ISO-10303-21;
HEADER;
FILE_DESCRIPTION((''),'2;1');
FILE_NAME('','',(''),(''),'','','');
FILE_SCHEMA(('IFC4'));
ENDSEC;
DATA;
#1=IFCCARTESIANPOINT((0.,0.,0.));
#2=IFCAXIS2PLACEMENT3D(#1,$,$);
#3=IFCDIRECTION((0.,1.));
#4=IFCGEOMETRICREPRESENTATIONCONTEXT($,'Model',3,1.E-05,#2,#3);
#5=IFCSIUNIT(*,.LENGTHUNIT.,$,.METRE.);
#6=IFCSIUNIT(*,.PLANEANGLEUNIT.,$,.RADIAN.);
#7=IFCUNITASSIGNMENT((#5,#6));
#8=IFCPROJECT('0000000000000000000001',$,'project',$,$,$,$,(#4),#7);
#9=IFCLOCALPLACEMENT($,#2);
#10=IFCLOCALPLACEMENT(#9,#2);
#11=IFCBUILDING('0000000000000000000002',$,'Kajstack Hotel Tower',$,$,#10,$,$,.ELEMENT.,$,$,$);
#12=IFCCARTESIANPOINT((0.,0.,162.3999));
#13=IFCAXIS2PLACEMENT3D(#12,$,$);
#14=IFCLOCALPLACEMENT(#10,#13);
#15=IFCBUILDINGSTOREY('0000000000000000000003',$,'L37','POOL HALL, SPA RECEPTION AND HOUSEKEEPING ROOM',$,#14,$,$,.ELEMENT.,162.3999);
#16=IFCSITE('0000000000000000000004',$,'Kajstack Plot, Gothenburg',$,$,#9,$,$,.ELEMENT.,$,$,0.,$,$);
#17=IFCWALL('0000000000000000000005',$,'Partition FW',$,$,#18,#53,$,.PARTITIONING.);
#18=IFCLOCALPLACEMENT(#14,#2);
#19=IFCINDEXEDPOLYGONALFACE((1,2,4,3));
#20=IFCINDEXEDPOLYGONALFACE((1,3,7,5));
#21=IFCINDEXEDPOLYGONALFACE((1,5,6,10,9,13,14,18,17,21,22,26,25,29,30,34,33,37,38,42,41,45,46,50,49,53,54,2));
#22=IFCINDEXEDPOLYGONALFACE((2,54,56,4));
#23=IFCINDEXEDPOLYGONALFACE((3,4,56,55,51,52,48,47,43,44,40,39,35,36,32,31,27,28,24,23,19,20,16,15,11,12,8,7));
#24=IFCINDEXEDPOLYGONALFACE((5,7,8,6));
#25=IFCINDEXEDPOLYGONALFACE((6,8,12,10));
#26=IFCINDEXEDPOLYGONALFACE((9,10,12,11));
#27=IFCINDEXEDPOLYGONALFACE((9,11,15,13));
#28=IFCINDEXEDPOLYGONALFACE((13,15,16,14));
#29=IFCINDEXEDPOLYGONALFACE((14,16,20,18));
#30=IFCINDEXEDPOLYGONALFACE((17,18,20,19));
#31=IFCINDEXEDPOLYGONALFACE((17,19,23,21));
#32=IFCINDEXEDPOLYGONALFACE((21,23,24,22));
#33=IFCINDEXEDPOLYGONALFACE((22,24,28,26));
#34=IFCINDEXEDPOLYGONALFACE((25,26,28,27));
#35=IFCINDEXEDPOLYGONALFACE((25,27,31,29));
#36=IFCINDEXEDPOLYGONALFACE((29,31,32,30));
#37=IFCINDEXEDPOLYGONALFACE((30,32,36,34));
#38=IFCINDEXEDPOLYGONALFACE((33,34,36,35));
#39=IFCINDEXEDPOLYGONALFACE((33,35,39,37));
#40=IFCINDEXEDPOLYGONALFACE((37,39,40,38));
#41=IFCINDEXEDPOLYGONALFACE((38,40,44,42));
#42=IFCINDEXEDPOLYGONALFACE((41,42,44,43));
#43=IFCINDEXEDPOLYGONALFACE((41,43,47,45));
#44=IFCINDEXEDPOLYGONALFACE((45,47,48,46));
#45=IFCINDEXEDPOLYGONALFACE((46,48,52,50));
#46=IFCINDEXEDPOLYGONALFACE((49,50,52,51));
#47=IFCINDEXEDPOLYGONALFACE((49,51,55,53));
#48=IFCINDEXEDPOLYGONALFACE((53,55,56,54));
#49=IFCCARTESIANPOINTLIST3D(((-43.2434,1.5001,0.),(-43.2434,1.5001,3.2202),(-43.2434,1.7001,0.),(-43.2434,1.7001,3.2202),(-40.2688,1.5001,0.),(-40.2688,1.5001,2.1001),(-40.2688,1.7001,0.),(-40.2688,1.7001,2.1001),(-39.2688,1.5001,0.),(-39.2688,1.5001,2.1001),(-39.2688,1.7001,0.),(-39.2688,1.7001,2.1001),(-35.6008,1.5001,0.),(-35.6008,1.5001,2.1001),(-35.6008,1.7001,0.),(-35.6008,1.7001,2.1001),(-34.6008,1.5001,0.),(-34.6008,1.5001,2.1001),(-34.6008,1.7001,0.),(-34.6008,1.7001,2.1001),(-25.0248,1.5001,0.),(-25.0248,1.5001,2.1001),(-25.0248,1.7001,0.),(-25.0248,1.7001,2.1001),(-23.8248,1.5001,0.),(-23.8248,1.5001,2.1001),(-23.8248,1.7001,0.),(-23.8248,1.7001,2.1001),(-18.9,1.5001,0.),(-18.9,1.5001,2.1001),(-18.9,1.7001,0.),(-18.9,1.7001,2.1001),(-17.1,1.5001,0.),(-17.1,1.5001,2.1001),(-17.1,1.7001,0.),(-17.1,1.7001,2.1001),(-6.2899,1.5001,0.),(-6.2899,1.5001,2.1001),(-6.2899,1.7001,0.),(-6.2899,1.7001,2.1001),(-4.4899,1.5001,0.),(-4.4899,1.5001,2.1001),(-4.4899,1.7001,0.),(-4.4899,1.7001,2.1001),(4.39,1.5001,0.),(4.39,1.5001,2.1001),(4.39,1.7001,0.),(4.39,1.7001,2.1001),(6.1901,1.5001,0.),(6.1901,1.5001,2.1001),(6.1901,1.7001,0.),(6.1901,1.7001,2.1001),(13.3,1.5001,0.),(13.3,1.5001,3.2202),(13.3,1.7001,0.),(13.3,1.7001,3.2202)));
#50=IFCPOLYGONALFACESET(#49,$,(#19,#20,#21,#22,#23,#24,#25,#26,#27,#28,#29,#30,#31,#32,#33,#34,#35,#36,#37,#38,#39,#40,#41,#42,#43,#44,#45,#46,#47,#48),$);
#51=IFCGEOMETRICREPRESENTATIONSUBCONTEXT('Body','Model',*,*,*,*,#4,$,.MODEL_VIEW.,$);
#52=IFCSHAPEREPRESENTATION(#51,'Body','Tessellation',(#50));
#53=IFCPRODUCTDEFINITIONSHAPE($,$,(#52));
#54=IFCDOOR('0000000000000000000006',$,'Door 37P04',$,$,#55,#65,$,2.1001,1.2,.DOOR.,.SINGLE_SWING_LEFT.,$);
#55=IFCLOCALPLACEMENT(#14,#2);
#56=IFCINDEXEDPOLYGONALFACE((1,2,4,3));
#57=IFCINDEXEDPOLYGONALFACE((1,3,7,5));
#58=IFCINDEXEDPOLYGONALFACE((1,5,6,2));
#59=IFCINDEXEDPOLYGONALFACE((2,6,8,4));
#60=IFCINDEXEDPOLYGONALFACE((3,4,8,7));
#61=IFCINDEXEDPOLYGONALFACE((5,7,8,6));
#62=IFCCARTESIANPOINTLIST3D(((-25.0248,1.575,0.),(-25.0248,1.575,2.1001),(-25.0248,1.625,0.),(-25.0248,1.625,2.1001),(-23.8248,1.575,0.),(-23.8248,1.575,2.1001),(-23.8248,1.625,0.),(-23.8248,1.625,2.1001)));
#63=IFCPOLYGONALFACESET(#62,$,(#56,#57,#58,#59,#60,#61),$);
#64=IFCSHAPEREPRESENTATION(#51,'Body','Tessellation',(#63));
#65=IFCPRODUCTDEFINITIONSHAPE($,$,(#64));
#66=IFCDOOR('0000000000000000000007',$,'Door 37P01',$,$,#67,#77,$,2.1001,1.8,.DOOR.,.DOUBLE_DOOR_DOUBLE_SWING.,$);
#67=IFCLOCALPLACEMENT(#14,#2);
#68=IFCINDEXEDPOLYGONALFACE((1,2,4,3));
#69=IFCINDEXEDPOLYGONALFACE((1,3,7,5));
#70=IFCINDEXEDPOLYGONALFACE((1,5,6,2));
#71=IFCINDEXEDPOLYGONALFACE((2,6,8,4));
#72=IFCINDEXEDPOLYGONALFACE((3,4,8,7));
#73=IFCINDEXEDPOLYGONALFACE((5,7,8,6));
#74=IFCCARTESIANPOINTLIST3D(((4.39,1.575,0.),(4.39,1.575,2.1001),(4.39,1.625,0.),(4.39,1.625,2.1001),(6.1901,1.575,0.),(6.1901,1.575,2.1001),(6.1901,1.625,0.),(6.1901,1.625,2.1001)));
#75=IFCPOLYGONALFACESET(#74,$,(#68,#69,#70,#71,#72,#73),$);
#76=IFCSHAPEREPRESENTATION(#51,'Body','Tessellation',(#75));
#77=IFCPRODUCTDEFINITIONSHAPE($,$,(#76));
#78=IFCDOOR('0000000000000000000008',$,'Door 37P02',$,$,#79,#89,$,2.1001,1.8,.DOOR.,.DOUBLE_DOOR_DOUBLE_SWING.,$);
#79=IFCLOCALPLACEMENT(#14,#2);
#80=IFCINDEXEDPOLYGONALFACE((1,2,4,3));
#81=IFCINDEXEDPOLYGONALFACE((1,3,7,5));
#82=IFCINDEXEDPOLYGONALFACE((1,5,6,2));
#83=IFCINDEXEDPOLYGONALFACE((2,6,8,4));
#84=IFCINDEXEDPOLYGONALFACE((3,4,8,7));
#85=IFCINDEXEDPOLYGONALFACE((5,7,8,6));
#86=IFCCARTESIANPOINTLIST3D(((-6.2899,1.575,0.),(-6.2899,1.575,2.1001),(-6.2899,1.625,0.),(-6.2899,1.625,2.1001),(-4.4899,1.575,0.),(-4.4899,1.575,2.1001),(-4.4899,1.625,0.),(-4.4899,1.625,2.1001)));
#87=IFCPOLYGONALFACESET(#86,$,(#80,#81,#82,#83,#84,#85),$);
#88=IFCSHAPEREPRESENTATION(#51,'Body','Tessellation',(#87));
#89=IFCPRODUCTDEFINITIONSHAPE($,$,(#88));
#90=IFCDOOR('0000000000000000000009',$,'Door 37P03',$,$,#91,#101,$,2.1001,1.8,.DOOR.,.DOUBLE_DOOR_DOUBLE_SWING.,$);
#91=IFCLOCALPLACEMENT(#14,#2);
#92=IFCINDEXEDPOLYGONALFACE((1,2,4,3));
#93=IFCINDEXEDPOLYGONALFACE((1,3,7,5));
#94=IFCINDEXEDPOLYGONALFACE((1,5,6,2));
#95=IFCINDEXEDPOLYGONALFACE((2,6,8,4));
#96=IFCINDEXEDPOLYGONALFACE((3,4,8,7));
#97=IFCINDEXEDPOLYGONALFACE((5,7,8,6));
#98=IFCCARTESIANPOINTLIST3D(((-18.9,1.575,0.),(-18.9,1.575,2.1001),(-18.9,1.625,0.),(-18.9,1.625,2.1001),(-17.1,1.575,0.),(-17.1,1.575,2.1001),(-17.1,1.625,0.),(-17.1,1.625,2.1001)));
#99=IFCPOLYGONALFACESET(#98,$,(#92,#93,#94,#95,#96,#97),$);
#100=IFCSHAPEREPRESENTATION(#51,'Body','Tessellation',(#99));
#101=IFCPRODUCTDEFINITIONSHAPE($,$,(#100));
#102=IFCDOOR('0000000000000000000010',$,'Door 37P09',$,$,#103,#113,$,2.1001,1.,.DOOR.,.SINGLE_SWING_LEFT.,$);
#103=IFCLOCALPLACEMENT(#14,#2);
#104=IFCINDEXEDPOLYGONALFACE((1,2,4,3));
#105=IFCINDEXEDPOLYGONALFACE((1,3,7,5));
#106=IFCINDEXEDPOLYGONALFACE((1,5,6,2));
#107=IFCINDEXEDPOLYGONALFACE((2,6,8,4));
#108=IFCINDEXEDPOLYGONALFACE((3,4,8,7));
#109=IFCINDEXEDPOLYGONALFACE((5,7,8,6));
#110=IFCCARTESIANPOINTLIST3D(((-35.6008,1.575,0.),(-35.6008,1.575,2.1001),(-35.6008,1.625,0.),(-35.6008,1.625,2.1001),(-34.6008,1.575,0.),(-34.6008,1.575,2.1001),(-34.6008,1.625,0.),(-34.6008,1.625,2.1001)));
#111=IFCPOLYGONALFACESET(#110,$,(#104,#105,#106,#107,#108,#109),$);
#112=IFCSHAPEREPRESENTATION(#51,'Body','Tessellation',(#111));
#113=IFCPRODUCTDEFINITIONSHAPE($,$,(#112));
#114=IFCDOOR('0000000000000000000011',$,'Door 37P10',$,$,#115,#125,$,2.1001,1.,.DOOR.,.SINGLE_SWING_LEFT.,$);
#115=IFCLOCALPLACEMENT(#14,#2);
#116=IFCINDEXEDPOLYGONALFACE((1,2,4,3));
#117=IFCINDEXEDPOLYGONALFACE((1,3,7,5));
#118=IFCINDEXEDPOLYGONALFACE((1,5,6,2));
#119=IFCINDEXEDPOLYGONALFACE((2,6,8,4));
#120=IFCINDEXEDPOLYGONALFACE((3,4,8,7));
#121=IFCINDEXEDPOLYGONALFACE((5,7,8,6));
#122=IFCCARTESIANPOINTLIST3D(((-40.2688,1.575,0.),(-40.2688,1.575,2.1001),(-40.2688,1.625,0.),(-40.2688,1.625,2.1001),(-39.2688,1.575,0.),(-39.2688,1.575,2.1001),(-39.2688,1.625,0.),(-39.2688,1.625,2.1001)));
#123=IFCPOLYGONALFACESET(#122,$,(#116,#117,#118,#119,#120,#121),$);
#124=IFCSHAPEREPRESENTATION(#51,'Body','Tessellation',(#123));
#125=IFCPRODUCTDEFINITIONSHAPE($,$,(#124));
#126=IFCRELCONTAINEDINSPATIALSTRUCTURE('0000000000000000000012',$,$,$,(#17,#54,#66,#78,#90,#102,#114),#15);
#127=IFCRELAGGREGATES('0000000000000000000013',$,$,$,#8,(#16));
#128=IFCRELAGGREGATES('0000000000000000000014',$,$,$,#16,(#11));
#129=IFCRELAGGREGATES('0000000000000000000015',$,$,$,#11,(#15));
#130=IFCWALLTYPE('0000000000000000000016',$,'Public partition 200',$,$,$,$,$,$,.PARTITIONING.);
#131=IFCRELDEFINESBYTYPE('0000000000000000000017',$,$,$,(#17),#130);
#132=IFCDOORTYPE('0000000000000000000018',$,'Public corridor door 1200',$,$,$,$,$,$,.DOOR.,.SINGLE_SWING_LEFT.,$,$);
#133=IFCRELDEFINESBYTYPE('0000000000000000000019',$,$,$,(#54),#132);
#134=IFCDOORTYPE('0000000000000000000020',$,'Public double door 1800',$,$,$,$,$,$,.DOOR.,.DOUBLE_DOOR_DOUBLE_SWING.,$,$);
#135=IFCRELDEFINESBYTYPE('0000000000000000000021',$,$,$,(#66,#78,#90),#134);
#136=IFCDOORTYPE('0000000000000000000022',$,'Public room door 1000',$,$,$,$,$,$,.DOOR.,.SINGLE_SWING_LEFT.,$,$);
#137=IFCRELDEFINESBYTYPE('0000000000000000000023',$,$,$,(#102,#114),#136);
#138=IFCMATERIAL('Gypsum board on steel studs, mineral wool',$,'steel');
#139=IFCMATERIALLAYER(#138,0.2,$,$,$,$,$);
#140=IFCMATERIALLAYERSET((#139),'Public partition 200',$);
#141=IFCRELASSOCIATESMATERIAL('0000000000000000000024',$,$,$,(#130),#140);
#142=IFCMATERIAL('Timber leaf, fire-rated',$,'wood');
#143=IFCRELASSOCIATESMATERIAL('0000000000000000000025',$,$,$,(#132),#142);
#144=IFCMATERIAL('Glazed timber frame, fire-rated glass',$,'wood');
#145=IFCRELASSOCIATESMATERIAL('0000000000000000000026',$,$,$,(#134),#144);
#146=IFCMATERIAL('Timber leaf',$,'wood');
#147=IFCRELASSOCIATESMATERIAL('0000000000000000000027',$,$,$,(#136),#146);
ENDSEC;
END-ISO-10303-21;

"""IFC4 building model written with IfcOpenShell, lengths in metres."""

from ifc_helpers import new_model, si_unit, direction, frame, frame_2d, origin, place, context, subcontext, project, spatial, rectangle, extrude, material, layer, layer_set, type_object, element, fill, save


model = new_model("IFC4")

# Units and contexts
model_context = context("Model", 3, precision=1e-05, world=origin(), true_north=direction((0.0, 1.0)))
body_context = subcontext(model_context, "Body", "Model", "MODEL_VIEW")
ifc_project = project(units=[si_unit("LENGTHUNIT", "METRE"), si_unit("PLANEANGLEUNIT", "RADIAN")], contexts=[model_context])

# Site, building, storey
site_placement = place(None, origin())
site = spatial("IfcSite", under=ifc_project, at=site_placement, Name="Kajstack Plot, Gothenburg", CompositionType="ELEMENT", RefElevation=0.0)
building_placement = place(site_placement, origin())
building = spatial("IfcBuilding", under=site, at=building_placement, Name="Kajstack Hotel Tower", CompositionType="ELEMENT")
storey_placement = place(building_placement, frame((0.0, 0.0, 162.3999)))
storey = spatial("IfcBuildingStorey", under=building, at=storey_placement, Name="L37", Description="POOL HALL, SPA RECEPTION AND HOUSEKEEPING ROOM", CompositionType="ELEMENT", Elevation=162.3999)

# Wall, openings, doors
ifc_material_1 = material(Name="Gypsum board on steel studs, mineral wool", Category="steel")
ifc_layer_1 = layer(ifc_material_1, 0.2)
ifc_layer_set_1 = layer_set([ifc_layer_1], Name="Public partition 200")
wall_type_1 = type_object("IfcWallType", Name="Public partition 200", PredefinedType="PARTITIONING", material=ifc_layer_set_1)
wall_1_placement = place(storey_placement, frame((-43.2434, 1.6001, 0.0), z_axis=(0.0, 0.0, 1.0), x_axis=(1.0, 0.0, 0.0)))
wall_1 = element("IfcWall", 1, at=wall_1_placement, inside=storey, type_object=wall_type_1, Name="Partition FW", PredefinedType="PARTITIONING", context=body_context, shape_type="SweptSolid", body=[
    extrude(rectangle(XDim=56.5435, YDim=0.2, at=frame_2d((28.2717, 0.0))), origin(), (0.0, 0.0, 1.0), 3.2202),
])
opening_1_placement = place(wall_1_placement, frame((47.6335, 0.0, 0.0)))
opening_1 = element("IfcOpeningElement", 2, at=opening_1_placement, cuts=wall_1, PredefinedType="OPENING", context=body_context, shape_type="SweptSolid", body=[
    extrude(rectangle(XDim=1.8, YDim=2.1001, at=frame_2d((0.8999, 1.05))), frame((0.0, 0.1099, 0.0), z_axis=(0.0, -1.0, 0.0), x_axis=(1.0, 0.0, 0.0)), (0.0, 0.0, 1.0), 0.22),
])
opening_2_placement = place(wall_1_placement, frame((36.9536, 0.0, 0.0)))
opening_2 = element("IfcOpeningElement", 3, at=opening_2_placement, cuts=wall_1, PredefinedType="OPENING", context=body_context, shape_type="SweptSolid", body=[
    extrude(rectangle(XDim=1.8, YDim=2.1001, at=frame_2d((0.8999, 1.05))), frame((0.0, 0.1099, 0.0), z_axis=(0.0, -1.0, 0.0), x_axis=(1.0, 0.0, 0.0)), (0.0, 0.0, 1.0), 0.22),
])
opening_3_placement = place(wall_1_placement, frame((24.3435, 0.0, 0.0)))
opening_3 = element("IfcOpeningElement", 4, at=opening_3_placement, cuts=wall_1, PredefinedType="OPENING", context=body_context, shape_type="SweptSolid", body=[
    extrude(rectangle(XDim=1.8, YDim=2.1001, at=frame_2d((0.8999, 1.05))), frame((0.0, 0.1099, 0.0), z_axis=(0.0, -1.0, 0.0), x_axis=(1.0, 0.0, 0.0)), (0.0, 0.0, 1.0), 0.22),
])
opening_4_placement = place(wall_1_placement, frame((18.2185, 0.0, 0.0)))
opening_4 = element("IfcOpeningElement", 5, at=opening_4_placement, cuts=wall_1, PredefinedType="OPENING", context=body_context, shape_type="SweptSolid", body=[
    extrude(rectangle(XDim=1.2, YDim=2.1001, at=frame_2d((0.6001, 1.05))), frame((0.0, 0.1099, 0.0), z_axis=(0.0, -1.0, 0.0), x_axis=(1.0, 0.0, 0.0)), (0.0, 0.0, 1.0), 0.22),
])
opening_5_placement = place(wall_1_placement, frame((7.6426, 0.0, 0.0)))
opening_5 = element("IfcOpeningElement", 6, at=opening_5_placement, cuts=wall_1, PredefinedType="OPENING", context=body_context, shape_type="SweptSolid", body=[
    extrude(rectangle(XDim=1.0, YDim=2.1001, at=frame_2d((0.5, 1.05))), frame((0.0, 0.1099, 0.0), z_axis=(0.0, -1.0, 0.0), x_axis=(1.0, 0.0, 0.0)), (0.0, 0.0, 1.0), 0.22),
])
opening_6_placement = place(wall_1_placement, frame((2.9746, 0.0, 0.0)))
opening_6 = element("IfcOpeningElement", 7, at=opening_6_placement, cuts=wall_1, PredefinedType="OPENING", context=body_context, shape_type="SweptSolid", body=[
    extrude(rectangle(XDim=1.0, YDim=2.1001, at=frame_2d((0.5, 1.05))), frame((0.0, 0.1099, 0.0), z_axis=(0.0, -1.0, 0.0), x_axis=(1.0, 0.0, 0.0)), (0.0, 0.0, 1.0), 0.22),
])
ifc_material_2 = material(Name="Timber leaf, fire-rated", Category="wood")
door_type_1 = type_object("IfcDoorType", Name="Public corridor door 1200", OperationType="SINGLE_SWING_LEFT", PredefinedType="DOOR", material=ifc_material_2)
door_1_placement = place(opening_4_placement, origin())
door_1 = element("IfcDoor", 8, at=door_1_placement, inside=storey, type_object=door_type_1, Name="Door 37P04", OperationType="SINGLE_SWING_LEFT", OverallHeight=2.1001, OverallWidth=1.2, PredefinedType="DOOR", context=body_context, shape_type="SweptSolid", body=[
    extrude(rectangle(XDim=1.2, YDim=2.1001, at=frame_2d((0.6001, 1.05))), frame((0.0, 0.0249, 0.0), z_axis=(0.0, -1.0, 0.0), x_axis=(1.0, 0.0, 0.0)), (0.0, 0.0, 1.0), 0.05),
])
fill(opening_4, door_1)
ifc_material_3 = material(Name="Glazed timber frame, fire-rated glass", Category="wood")
door_type_2 = type_object("IfcDoorType", Name="Public double door 1800", OperationType="DOUBLE_DOOR_DOUBLE_SWING", PredefinedType="DOOR", material=ifc_material_3)
door_2_placement = place(opening_1_placement, origin())
door_2 = element("IfcDoor", 9, at=door_2_placement, inside=storey, type_object=door_type_2, Name="Door 37P01", OperationType="DOUBLE_DOOR_DOUBLE_SWING", OverallHeight=2.1001, OverallWidth=1.8, PredefinedType="DOOR", context=body_context, shape_type="SweptSolid", body=[
    extrude(rectangle(XDim=1.8, YDim=2.1001, at=frame_2d((0.8999, 1.05))), frame((0.0, 0.0249, 0.0), z_axis=(0.0, -1.0, 0.0), x_axis=(1.0, 0.0, 0.0)), (0.0, 0.0, 1.0), 0.05),
])
fill(opening_1, door_2)
door_3_placement = place(opening_2_placement, origin())
door_3 = element("IfcDoor", 10, at=door_3_placement, inside=storey, type_object=door_type_2, Name="Door 37P02", OperationType="DOUBLE_DOOR_DOUBLE_SWING", OverallHeight=2.1001, OverallWidth=1.8, PredefinedType="DOOR", context=body_context, shape_type="SweptSolid", body=[
    extrude(rectangle(XDim=1.8, YDim=2.1001, at=frame_2d((0.8999, 1.05))), frame((0.0, 0.0249, 0.0), z_axis=(0.0, -1.0, 0.0), x_axis=(1.0, 0.0, 0.0)), (0.0, 0.0, 1.0), 0.05),
])
fill(opening_2, door_3)
door_4_placement = place(opening_3_placement, origin())
door_4 = element("IfcDoor", 11, at=door_4_placement, inside=storey, type_object=door_type_2, Name="Door 37P03", OperationType="DOUBLE_DOOR_DOUBLE_SWING", OverallHeight=2.1001, OverallWidth=1.8, PredefinedType="DOOR", context=body_context, shape_type="SweptSolid", body=[
    extrude(rectangle(XDim=1.8, YDim=2.1001, at=frame_2d((0.8999, 1.05))), frame((0.0, 0.0249, 0.0), z_axis=(0.0, -1.0, 0.0), x_axis=(1.0, 0.0, 0.0)), (0.0, 0.0, 1.0), 0.05),
])
fill(opening_3, door_4)
ifc_material_4 = material(Name="Timber leaf", Category="wood")
door_type_3 = type_object("IfcDoorType", Name="Public room door 1000", OperationType="SINGLE_SWING_LEFT", PredefinedType="DOOR", material=ifc_material_4)
door_5_placement = place(opening_5_placement, origin())
door_5 = element("IfcDoor", 12, at=door_5_placement, inside=storey, type_object=door_type_3, Name="Door 37P09", OperationType="SINGLE_SWING_LEFT", OverallHeight=2.1001, OverallWidth=1.0, PredefinedType="DOOR", context=body_context, shape_type="SweptSolid", body=[
    extrude(rectangle(XDim=1.0, YDim=2.1001, at=frame_2d((0.5, 1.05))), frame((0.0, 0.0249, 0.0), z_axis=(0.0, -1.0, 0.0), x_axis=(1.0, 0.0, 0.0)), (0.0, 0.0, 1.0), 0.05),
])
fill(opening_5, door_5)
door_6_placement = place(opening_6_placement, origin())
door_6 = element("IfcDoor", 13, at=door_6_placement, inside=storey, type_object=door_type_3, Name="Door 37P10", OperationType="SINGLE_SWING_LEFT", OverallHeight=2.1001, OverallWidth=1.0, PredefinedType="DOOR", context=body_context, shape_type="SweptSolid", body=[
    extrude(rectangle(XDim=1.0, YDim=2.1001, at=frame_2d((0.5, 1.05))), frame((0.0, 0.0249, 0.0), z_axis=(0.0, -1.0, 0.0), x_axis=(1.0, 0.0, 0.0)), (0.0, 0.0, 1.0), 0.05),
])
fill(opening_6, door_6)

save(model, "model.ifc")
